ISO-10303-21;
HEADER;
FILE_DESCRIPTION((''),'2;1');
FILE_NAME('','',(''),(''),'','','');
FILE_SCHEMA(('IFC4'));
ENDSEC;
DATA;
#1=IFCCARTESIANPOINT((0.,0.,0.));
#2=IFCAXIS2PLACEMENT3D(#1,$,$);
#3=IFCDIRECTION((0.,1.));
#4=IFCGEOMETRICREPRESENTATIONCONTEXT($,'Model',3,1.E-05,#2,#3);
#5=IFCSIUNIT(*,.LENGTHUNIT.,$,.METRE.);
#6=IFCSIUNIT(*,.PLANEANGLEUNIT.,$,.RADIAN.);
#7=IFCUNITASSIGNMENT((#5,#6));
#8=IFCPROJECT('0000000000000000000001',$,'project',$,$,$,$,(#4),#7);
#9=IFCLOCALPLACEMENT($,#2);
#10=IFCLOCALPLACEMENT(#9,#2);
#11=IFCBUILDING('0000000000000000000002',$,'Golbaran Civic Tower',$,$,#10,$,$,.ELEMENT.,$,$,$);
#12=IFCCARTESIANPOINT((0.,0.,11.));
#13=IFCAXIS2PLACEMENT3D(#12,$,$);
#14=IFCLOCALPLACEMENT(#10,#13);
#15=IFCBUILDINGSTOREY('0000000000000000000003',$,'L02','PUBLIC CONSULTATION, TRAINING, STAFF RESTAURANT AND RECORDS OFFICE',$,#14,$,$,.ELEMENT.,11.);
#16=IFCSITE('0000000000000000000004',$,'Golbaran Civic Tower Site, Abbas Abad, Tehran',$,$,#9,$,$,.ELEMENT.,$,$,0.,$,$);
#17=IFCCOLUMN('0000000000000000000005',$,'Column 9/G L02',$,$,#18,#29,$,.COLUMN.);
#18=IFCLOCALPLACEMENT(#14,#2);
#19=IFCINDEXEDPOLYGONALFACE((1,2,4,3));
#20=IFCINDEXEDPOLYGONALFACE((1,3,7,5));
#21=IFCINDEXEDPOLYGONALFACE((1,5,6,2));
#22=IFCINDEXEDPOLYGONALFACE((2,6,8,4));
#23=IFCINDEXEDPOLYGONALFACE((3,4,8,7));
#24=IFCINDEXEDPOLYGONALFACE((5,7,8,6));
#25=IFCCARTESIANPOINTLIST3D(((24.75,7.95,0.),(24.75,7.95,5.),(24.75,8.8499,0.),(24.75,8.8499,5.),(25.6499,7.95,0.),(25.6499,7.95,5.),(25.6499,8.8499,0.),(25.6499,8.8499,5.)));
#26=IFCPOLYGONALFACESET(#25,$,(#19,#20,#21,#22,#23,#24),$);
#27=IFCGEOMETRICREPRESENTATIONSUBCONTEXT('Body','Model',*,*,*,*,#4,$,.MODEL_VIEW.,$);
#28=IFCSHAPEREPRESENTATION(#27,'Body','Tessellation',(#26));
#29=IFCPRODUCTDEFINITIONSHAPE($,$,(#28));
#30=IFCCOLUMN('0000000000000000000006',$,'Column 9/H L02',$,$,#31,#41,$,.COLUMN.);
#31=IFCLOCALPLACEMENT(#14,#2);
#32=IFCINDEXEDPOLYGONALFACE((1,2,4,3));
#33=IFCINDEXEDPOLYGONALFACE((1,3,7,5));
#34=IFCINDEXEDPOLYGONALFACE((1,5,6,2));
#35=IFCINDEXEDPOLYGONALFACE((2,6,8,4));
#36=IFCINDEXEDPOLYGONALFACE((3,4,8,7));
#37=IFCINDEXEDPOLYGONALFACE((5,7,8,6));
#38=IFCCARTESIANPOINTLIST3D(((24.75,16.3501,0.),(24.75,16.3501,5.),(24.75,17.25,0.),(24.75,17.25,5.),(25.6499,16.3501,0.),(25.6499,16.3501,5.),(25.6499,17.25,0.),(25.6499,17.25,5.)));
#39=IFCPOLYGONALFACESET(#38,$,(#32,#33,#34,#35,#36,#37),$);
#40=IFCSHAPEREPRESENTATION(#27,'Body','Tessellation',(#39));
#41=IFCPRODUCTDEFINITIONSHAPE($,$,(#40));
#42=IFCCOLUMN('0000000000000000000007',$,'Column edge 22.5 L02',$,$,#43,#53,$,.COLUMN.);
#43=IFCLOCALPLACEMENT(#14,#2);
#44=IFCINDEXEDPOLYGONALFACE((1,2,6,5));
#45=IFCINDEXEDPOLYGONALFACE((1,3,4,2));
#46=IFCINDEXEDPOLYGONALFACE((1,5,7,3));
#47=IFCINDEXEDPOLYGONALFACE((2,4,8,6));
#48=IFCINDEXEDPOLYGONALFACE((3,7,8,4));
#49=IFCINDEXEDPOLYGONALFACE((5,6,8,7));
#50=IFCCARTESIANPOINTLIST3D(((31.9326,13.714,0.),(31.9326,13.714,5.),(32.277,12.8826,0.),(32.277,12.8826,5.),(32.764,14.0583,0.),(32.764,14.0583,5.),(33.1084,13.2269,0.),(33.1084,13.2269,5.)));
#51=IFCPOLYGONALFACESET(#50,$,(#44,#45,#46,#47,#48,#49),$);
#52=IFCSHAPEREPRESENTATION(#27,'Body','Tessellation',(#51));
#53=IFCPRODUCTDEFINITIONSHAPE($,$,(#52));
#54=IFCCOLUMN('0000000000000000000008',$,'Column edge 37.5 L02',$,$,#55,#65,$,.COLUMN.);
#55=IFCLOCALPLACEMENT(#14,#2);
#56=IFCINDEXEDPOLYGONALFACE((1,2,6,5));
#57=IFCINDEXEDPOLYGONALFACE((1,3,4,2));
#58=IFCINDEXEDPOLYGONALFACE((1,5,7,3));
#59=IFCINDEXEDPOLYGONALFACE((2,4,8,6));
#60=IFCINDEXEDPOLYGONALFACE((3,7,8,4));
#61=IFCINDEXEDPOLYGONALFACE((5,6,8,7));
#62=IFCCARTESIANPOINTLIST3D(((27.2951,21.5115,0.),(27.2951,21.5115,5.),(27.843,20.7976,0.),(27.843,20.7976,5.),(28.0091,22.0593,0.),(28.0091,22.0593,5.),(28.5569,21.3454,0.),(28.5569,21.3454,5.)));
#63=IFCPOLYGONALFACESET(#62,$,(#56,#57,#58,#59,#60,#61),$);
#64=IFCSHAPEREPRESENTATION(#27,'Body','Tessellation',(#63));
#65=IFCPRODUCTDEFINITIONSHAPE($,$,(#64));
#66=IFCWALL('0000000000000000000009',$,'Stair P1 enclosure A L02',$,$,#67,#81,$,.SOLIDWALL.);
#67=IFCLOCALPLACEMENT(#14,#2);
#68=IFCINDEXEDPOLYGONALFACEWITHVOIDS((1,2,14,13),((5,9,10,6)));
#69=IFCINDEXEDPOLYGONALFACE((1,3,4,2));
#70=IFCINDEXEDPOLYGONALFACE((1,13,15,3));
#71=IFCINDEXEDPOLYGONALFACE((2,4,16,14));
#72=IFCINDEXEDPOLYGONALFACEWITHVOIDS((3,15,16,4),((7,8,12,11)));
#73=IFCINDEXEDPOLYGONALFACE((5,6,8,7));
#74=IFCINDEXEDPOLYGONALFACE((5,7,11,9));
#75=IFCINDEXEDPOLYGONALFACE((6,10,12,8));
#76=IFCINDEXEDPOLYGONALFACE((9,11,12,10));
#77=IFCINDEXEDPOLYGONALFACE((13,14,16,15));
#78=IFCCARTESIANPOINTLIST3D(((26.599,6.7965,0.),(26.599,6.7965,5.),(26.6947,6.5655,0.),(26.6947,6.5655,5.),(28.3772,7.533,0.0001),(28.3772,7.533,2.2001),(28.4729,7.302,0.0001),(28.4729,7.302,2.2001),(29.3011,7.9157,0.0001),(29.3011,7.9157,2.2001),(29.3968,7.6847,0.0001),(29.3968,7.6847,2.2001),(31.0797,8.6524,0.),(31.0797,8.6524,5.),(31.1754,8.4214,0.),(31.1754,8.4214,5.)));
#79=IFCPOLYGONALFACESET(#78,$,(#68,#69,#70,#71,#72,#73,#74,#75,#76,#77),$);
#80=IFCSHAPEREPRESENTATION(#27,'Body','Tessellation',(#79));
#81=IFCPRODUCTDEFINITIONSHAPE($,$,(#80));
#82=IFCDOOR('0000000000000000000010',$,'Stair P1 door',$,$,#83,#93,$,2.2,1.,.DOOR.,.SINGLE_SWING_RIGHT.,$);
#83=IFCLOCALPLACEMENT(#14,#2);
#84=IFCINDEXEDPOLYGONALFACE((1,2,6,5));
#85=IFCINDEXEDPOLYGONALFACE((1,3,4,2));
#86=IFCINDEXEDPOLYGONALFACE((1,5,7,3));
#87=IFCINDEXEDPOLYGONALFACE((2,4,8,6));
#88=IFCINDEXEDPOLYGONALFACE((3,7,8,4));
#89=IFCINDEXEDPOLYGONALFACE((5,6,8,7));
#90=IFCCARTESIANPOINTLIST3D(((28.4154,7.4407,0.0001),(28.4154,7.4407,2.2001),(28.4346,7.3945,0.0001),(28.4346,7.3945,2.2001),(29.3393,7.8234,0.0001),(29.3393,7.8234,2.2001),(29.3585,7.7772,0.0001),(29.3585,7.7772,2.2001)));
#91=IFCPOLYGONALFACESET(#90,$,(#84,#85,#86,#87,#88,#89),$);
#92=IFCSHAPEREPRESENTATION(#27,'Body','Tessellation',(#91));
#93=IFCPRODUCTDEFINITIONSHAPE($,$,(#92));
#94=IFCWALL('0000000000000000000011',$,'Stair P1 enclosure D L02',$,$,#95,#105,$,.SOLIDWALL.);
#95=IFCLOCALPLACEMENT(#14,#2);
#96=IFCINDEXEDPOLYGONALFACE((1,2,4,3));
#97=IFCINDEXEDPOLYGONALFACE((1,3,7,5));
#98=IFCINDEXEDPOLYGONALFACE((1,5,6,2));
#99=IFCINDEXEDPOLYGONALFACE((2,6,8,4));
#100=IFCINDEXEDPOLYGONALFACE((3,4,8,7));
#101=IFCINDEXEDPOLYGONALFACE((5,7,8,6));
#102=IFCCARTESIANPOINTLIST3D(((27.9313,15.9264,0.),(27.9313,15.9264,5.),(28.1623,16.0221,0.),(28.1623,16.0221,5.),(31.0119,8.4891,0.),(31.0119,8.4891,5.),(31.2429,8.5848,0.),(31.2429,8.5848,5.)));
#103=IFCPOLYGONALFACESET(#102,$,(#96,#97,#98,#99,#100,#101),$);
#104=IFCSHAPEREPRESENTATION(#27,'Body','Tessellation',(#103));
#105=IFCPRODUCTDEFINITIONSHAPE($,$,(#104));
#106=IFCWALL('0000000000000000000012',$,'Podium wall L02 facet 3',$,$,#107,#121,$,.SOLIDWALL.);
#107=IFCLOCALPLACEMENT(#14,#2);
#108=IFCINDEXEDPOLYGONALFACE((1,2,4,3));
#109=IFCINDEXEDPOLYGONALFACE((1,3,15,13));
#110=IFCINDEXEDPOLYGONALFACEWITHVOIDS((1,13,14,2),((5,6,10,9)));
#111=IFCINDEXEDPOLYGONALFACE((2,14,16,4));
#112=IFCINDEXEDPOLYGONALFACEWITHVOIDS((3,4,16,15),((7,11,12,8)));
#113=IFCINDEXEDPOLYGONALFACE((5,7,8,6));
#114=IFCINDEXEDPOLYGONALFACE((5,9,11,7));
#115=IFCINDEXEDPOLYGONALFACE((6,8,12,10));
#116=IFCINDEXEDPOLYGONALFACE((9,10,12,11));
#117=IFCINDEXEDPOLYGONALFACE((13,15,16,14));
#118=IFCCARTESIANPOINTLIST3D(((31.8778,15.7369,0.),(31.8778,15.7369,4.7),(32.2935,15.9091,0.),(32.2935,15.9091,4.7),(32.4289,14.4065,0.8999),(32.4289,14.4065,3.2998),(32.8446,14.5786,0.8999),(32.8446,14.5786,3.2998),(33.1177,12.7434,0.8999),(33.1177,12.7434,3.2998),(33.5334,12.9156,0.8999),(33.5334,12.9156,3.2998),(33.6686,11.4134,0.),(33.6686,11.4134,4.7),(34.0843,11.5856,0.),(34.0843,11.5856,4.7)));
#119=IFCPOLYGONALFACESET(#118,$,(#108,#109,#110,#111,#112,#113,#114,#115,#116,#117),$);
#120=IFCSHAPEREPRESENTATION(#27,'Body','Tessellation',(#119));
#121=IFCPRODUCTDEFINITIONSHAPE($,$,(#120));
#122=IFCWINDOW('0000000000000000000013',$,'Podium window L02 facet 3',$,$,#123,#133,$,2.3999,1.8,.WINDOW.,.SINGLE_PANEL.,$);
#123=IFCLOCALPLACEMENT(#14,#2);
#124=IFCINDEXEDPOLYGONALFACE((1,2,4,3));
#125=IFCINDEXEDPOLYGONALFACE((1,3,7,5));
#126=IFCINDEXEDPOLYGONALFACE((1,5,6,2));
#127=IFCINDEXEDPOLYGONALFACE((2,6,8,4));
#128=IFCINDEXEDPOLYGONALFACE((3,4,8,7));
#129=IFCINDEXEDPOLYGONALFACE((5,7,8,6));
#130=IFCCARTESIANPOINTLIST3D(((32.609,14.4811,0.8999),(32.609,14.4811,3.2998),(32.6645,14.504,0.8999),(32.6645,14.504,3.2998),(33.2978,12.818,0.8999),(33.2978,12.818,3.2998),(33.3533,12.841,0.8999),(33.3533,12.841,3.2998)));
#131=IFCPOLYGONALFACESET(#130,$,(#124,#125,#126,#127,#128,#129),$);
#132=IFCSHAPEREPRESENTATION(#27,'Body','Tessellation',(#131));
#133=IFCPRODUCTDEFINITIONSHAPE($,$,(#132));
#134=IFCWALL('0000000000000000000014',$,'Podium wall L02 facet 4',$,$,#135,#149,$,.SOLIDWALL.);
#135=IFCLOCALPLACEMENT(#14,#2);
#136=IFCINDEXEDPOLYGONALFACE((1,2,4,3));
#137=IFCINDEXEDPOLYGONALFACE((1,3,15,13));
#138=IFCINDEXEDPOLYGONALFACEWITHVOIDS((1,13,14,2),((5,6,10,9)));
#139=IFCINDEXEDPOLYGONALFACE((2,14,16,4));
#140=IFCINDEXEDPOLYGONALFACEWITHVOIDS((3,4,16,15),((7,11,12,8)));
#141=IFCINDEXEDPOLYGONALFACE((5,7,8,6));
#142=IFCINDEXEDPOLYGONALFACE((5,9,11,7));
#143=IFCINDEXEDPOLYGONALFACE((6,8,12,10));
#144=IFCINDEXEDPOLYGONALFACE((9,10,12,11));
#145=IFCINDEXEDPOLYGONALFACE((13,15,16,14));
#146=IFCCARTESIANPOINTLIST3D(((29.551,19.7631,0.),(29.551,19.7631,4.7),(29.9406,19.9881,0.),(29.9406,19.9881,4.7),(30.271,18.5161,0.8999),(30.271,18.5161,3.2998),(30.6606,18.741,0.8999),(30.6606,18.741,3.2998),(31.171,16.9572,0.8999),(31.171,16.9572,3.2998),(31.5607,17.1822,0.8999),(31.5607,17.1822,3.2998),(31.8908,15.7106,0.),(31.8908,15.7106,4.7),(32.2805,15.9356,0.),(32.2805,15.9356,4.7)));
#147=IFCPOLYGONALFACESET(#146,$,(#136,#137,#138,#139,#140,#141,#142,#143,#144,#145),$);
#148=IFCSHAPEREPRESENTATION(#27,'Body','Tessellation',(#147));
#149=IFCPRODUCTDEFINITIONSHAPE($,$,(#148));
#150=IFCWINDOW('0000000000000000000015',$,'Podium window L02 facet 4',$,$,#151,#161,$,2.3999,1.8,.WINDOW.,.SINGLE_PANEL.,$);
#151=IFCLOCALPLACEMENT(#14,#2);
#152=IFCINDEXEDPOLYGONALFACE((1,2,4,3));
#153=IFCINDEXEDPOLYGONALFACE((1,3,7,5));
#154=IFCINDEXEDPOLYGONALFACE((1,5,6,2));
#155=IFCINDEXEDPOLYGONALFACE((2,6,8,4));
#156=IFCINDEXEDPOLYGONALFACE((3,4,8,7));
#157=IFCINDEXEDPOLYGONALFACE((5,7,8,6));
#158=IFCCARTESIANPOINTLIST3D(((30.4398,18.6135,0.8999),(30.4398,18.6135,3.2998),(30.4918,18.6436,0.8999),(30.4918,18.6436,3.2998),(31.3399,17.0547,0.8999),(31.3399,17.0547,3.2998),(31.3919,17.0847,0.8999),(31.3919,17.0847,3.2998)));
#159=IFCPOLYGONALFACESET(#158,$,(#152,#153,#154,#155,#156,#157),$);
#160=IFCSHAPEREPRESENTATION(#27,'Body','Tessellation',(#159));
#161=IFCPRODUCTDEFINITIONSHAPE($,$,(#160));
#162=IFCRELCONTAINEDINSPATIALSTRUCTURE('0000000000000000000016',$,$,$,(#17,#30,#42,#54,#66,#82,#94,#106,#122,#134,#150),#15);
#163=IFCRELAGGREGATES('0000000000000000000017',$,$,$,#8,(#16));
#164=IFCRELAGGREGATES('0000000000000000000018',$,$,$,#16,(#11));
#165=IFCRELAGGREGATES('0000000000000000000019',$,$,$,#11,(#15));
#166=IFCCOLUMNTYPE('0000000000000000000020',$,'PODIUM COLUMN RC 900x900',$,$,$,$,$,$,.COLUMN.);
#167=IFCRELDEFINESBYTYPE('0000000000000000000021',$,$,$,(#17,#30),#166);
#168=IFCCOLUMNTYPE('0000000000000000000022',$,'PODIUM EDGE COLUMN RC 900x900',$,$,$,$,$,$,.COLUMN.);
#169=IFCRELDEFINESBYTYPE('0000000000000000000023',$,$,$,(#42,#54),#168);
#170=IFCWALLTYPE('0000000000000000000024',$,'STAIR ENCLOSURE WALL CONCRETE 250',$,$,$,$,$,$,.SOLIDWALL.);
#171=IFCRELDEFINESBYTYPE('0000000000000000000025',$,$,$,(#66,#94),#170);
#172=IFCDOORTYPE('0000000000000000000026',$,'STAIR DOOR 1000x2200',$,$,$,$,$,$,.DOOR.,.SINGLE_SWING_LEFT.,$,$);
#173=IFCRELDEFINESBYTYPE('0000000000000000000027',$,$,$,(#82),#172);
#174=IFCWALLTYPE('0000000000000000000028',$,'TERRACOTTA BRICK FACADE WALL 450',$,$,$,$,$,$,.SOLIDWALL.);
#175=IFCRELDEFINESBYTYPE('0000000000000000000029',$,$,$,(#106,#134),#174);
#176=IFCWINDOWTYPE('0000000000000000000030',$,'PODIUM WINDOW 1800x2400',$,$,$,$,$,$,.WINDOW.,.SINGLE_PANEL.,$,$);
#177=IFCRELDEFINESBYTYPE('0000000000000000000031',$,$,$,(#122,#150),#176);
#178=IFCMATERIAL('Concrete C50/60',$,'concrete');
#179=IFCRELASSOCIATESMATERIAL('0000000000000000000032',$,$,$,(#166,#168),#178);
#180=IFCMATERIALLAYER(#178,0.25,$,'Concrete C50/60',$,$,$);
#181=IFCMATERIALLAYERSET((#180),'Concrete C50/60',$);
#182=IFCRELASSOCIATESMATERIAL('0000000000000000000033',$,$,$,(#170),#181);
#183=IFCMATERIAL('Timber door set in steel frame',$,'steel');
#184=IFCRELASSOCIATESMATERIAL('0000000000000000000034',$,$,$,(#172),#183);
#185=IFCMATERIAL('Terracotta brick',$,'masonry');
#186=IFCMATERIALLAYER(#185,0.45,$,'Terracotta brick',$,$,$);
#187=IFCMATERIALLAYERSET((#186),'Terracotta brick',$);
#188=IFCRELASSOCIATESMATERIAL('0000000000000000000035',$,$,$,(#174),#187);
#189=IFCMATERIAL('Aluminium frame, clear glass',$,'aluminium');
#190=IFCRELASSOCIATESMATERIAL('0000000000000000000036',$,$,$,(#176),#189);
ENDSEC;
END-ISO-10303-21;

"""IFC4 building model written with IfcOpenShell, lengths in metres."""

from ifc_helpers import new_model, si_unit, direction, frame, frame_2d, origin, origin_2d, place, context, subcontext, project, spatial, rectangle, extrude, material, layer, layer_set, material_profile, profile_set, type_object, element, fill, save


model = new_model("IFC4")

# Units and contexts
model_context = context("Model", 3, precision=1e-05, world=origin(), true_north=direction((0.0, 1.0)))
body_context = subcontext(model_context, "Body", "Model", "MODEL_VIEW")
ifc_project = project(units=[si_unit("LENGTHUNIT", "METRE"), si_unit("PLANEANGLEUNIT", "RADIAN")], contexts=[model_context])

# Site, building, storey
site_placement = place(None, origin())
site = spatial("IfcSite", under=ifc_project, at=site_placement, Name="Golbaran Civic Tower Site, Abbas Abad, Tehran", CompositionType="ELEMENT", RefElevation=0.0)
building_placement = place(site_placement, origin())
building = spatial("IfcBuilding", under=site, at=building_placement, Name="Golbaran Civic Tower", CompositionType="ELEMENT")
storey_placement = place(building_placement, frame((0.0, 0.0, 11.0)))
storey = spatial("IfcBuildingStorey", under=building, at=storey_placement, Name="L02", Description="PUBLIC CONSULTATION, TRAINING, STAFF RESTAURANT AND RECORDS OFFICE", CompositionType="ELEMENT", Elevation=11.0)

# Columns
ifc_material_1 = material(Name="Concrete C50/60", Category="concrete")
ifc_material_profile_1 = material_profile(ifc_material_1, rectangle(XDim=0.8999, YDim=0.8999, at=origin_2d()), Name="RC 900x900")
ifc_profile_set_1 = profile_set([ifc_material_profile_1], Name="Concrete C50/60")
column_type_1 = type_object("IfcColumnType", Name="PODIUM COLUMN RC 900x900", PredefinedType="COLUMN", material=ifc_profile_set_1)
for number, where, z_axis, x_axis, name in (
    (1, (25.2, 8.3999, 0.0), (0.0, 0.0, 1.0), (1.0, 0.0, 0.0), "Column 9/G L02"),
    (2, (25.2, 16.8, 0.0), (0.0, 0.0, 1.0), (1.0, 0.0, 0.0), "Column 9/H L02"),
):
    element("IfcColumn", number, at=place(storey_placement, frame(where, z_axis=z_axis, x_axis=x_axis)), inside=storey, type_object=column_type_1, Name=name, PredefinedType="COLUMN", context=body_context, shape_type="SweptSolid", body=[
        extrude(rectangle(XDim=0.8999, YDim=0.8999, at=origin_2d()), origin(), (0.0, 0.0, 1.0), 5.0),
    ])
ifc_material_profile_2 = material_profile(ifc_material_1, rectangle(XDim=0.8999, YDim=0.8999, at=origin_2d()), Name="RC 900x900")
ifc_profile_set_2 = profile_set([ifc_material_profile_2], Name="Concrete C50/60")
column_type_2 = type_object("IfcColumnType", Name="PODIUM EDGE COLUMN RC 900x900", PredefinedType="COLUMN", material=ifc_profile_set_2)
for number, where, z_axis, x_axis, name in (
    (3, (32.5205, 13.4705, 0.0), (0.0, 0.0, 1.0), (0.92388, 0.382683, 0.0), "Column edge 22.5 L02"),
    (4, (27.926, 21.4285, 0.0), (0.0, 0.0, 1.0), (0.793353, 0.608761, 0.0), "Column edge 37.5 L02"),
):
    element("IfcColumn", number, at=place(storey_placement, frame(where, z_axis=z_axis, x_axis=x_axis)), inside=storey, type_object=column_type_2, Name=name, PredefinedType="COLUMN", context=body_context, shape_type="SweptSolid", body=[
        extrude(rectangle(XDim=0.8999, YDim=0.8999, at=origin_2d()), origin(), (0.0, 0.0, 1.0), 5.0),
    ])

# Wall, opening, door
ifc_layer_1 = layer(ifc_material_1, 0.25, Name="Concrete C50/60")
ifc_layer_set_1 = layer_set([ifc_layer_1], Name="Concrete C50/60")
wall_type_1 = type_object("IfcWallType", Name="STAIR ENCLOSURE WALL CONCRETE 250", PredefinedType="SOLIDWALL", material=ifc_layer_set_1)
wall_1_placement = place(storey_placement, frame((31.1274, 8.5369, 0.0), z_axis=(0.0, 0.0, 1.0), x_axis=(-0.923881, -0.382681, 0.0)))
wall_1 = element("IfcWall", 5, at=wall_1_placement, inside=storey, type_object=wall_type_1, Name="Stair P1 enclosure A L02", PredefinedType="SOLIDWALL", context=body_context, shape_type="SweptSolid", body=[
    extrude(rectangle(XDim=4.8499, YDim=0.25, at=frame_2d((2.4248, 0.0))), origin(), (0.0, 0.0, 1.0), 5.0),
])
opening_1_placement = place(wall_1_placement, frame((1.925, 0.0, 0.0)))
opening_1 = element("IfcOpeningElement", 6, at=opening_1_placement, cuts=wall_1, PredefinedType="OPENING", context=body_context, shape_type="SweptSolid", body=[
    extrude(rectangle(XDim=1.0, YDim=2.2, at=frame_2d((0.5, 1.1001))), frame((0.0, 0.135, 0.0), z_axis=(0.0, -1.0, 0.0), x_axis=(1.0, 0.0, 0.0)), (0.0, 0.0, 1.0), 0.27),
])
ifc_material_2 = material(Name="Timber door set in steel frame", Category="steel")
door_type = type_object("IfcDoorType", Name="STAIR DOOR 1000x2200", OperationType="SINGLE_SWING_LEFT", PredefinedType="DOOR", material=ifc_material_2)
door_placement = place(opening_1_placement, origin())
door = element("IfcDoor", 7, at=door_placement, inside=storey, type_object=door_type, Name="Stair P1 door", OperationType="SINGLE_SWING_RIGHT", OverallHeight=2.2, OverallWidth=1.0, PredefinedType="DOOR", context=body_context, shape_type="SweptSolid", body=[
    extrude(rectangle(XDim=1.0, YDim=2.2, at=frame_2d((0.5, 1.1001))), frame((0.0, 0.0249, 0.0), z_axis=(0.0, -1.0, 0.0), x_axis=(1.0, 0.0, 0.0)), (0.0, 0.0, 1.0), 0.05),
])
fill(opening_1, door)

# Wall
wall_2_placement = place(storey_placement, frame((28.0469, 15.9741, 0.0), z_axis=(0.0, 0.0, 1.0), x_axis=(0.382679, -0.923882, 0.0)))
element("IfcWall", 8, at=wall_2_placement, inside=storey, type_object=wall_type_1, Name="Stair P1 enclosure D L02", PredefinedType="SOLIDWALL", context=body_context, shape_type="SweptSolid", body=[
    extrude(rectangle(XDim=8.05, YDim=0.25, at=frame_2d((4.0249, 0.0))), origin(), (0.0, 0.0, 1.0), 5.0),
])

# Walls, openings, windows
ifc_material_3 = material(Name="Terracotta brick", Category="masonry")
ifc_layer_2 = layer(ifc_material_3, 0.45, Name="Terracotta brick")
ifc_layer_set_2 = layer_set([ifc_layer_2], Name="Terracotta brick")
wall_type_2 = type_object("IfcWallType", Name="TERRACOTTA BRICK FACADE WALL 450", PredefinedType="SOLIDWALL", material=ifc_layer_set_2)
wall_3_placement = place(storey_placement, frame((33.8765, 11.4995, 0.0), z_axis=(0.0, 0.0, 1.0), x_axis=(-0.38267, 0.923885, 0.0)))
wall_3 = element("IfcWall", 9, at=wall_3_placement, inside=storey, type_object=wall_type_2, Name="Podium wall L02 facet 3", PredefinedType="SOLIDWALL", context=body_context, shape_type="SweptSolid", body=[
    extrude(rectangle(XDim=4.6797, YDim=0.45, at=frame_2d((2.3398, 0.0))), origin(), (0.0, 0.0, 1.0), 4.7),
])
opening_2_placement = place(wall_3_placement, frame((1.4397, 0.0, 0.8999)))
opening_2 = element("IfcOpeningElement", 10, at=opening_2_placement, cuts=wall_3, PredefinedType="OPENING", context=body_context, shape_type="SweptSolid", body=[
    extrude(rectangle(XDim=1.8, YDim=2.3999, at=frame_2d((0.8999, 1.2))), frame((0.0, 0.2349, 0.0), z_axis=(0.0, -1.0, 0.0), x_axis=(1.0, 0.0, 0.0)), (0.0, 0.0, 1.0), 0.47),
])
ifc_material_4 = material(Name="Aluminium frame, clear glass", Category="aluminium")
window_type_1 = type_object("IfcWindowType", Name="PODIUM WINDOW 1800x2400", PartitioningType="SINGLE_PANEL", PredefinedType="WINDOW", material=ifc_material_4)
window_1_placement = place(opening_2_placement, origin())
window_1 = element("IfcWindow", 11, at=window_1_placement, inside=storey, type_object=window_type_1, Name="Podium window L02 facet 3", OverallHeight=2.3999, OverallWidth=1.8, PartitioningType="SINGLE_PANEL", PredefinedType="WINDOW", context=body_context, shape_type="SweptSolid", body=[
    extrude(rectangle(XDim=1.8, YDim=2.3999, at=frame_2d((0.8999, 1.2))), frame((0.0, 0.03, 0.0), z_axis=(0.0, -1.0, 0.0), x_axis=(1.0, 0.0, 0.0)), (0.0, 0.0, 1.0), 0.0601),
])
fill(opening_2, window_1)
wall_4_placement = place(storey_placement, frame((32.0857, 15.823, 0.0), z_axis=(0.0, 0.0, 1.0), x_axis=(-0.500022, 0.866013, 0.0)))
wall_4 = element("IfcWall", 12, at=wall_4_placement, inside=storey, type_object=wall_type_2, Name="Podium wall L02 facet 4", PredefinedType="SOLIDWALL", context=body_context, shape_type="SweptSolid", body=[
    extrude(rectangle(XDim=4.6794, YDim=0.45, at=frame_2d((2.3398, 0.0))), origin(), (0.0, 0.0, 1.0), 4.7),
])
opening_3_placement = place(wall_4_placement, frame((1.4397, 0.0, 0.8999)))
opening_3 = element("IfcOpeningElement", 13, at=opening_3_placement, cuts=wall_4, PredefinedType="OPENING", context=body_context, shape_type="SweptSolid", body=[
    extrude(rectangle(XDim=1.8, YDim=2.3999, at=frame_2d((0.8999, 1.2))), frame((0.0, 0.2349, 0.0), z_axis=(0.0, -1.0, 0.0), x_axis=(1.0, 0.0, 0.0)), (0.0, 0.0, 1.0), 0.47),
])
window_2_placement = place(opening_3_placement, origin())
window_2 = element("IfcWindow", 14, at=window_2_placement, inside=storey, type_object=window_type_1, Name="Podium window L02 facet 4", OverallHeight=2.3999, OverallWidth=1.8, PartitioningType="SINGLE_PANEL", PredefinedType="WINDOW", context=body_context, shape_type="SweptSolid", body=[
    extrude(rectangle(XDim=1.8, YDim=2.3999, at=frame_2d((0.8999, 1.2))), frame((0.0, 0.03, 0.0), z_axis=(0.0, -1.0, 0.0), x_axis=(1.0, 0.0, 0.0)), (0.0, 0.0, 1.0), 0.0601),
])
fill(opening_3, window_2)

save(model, "model.ifc")
